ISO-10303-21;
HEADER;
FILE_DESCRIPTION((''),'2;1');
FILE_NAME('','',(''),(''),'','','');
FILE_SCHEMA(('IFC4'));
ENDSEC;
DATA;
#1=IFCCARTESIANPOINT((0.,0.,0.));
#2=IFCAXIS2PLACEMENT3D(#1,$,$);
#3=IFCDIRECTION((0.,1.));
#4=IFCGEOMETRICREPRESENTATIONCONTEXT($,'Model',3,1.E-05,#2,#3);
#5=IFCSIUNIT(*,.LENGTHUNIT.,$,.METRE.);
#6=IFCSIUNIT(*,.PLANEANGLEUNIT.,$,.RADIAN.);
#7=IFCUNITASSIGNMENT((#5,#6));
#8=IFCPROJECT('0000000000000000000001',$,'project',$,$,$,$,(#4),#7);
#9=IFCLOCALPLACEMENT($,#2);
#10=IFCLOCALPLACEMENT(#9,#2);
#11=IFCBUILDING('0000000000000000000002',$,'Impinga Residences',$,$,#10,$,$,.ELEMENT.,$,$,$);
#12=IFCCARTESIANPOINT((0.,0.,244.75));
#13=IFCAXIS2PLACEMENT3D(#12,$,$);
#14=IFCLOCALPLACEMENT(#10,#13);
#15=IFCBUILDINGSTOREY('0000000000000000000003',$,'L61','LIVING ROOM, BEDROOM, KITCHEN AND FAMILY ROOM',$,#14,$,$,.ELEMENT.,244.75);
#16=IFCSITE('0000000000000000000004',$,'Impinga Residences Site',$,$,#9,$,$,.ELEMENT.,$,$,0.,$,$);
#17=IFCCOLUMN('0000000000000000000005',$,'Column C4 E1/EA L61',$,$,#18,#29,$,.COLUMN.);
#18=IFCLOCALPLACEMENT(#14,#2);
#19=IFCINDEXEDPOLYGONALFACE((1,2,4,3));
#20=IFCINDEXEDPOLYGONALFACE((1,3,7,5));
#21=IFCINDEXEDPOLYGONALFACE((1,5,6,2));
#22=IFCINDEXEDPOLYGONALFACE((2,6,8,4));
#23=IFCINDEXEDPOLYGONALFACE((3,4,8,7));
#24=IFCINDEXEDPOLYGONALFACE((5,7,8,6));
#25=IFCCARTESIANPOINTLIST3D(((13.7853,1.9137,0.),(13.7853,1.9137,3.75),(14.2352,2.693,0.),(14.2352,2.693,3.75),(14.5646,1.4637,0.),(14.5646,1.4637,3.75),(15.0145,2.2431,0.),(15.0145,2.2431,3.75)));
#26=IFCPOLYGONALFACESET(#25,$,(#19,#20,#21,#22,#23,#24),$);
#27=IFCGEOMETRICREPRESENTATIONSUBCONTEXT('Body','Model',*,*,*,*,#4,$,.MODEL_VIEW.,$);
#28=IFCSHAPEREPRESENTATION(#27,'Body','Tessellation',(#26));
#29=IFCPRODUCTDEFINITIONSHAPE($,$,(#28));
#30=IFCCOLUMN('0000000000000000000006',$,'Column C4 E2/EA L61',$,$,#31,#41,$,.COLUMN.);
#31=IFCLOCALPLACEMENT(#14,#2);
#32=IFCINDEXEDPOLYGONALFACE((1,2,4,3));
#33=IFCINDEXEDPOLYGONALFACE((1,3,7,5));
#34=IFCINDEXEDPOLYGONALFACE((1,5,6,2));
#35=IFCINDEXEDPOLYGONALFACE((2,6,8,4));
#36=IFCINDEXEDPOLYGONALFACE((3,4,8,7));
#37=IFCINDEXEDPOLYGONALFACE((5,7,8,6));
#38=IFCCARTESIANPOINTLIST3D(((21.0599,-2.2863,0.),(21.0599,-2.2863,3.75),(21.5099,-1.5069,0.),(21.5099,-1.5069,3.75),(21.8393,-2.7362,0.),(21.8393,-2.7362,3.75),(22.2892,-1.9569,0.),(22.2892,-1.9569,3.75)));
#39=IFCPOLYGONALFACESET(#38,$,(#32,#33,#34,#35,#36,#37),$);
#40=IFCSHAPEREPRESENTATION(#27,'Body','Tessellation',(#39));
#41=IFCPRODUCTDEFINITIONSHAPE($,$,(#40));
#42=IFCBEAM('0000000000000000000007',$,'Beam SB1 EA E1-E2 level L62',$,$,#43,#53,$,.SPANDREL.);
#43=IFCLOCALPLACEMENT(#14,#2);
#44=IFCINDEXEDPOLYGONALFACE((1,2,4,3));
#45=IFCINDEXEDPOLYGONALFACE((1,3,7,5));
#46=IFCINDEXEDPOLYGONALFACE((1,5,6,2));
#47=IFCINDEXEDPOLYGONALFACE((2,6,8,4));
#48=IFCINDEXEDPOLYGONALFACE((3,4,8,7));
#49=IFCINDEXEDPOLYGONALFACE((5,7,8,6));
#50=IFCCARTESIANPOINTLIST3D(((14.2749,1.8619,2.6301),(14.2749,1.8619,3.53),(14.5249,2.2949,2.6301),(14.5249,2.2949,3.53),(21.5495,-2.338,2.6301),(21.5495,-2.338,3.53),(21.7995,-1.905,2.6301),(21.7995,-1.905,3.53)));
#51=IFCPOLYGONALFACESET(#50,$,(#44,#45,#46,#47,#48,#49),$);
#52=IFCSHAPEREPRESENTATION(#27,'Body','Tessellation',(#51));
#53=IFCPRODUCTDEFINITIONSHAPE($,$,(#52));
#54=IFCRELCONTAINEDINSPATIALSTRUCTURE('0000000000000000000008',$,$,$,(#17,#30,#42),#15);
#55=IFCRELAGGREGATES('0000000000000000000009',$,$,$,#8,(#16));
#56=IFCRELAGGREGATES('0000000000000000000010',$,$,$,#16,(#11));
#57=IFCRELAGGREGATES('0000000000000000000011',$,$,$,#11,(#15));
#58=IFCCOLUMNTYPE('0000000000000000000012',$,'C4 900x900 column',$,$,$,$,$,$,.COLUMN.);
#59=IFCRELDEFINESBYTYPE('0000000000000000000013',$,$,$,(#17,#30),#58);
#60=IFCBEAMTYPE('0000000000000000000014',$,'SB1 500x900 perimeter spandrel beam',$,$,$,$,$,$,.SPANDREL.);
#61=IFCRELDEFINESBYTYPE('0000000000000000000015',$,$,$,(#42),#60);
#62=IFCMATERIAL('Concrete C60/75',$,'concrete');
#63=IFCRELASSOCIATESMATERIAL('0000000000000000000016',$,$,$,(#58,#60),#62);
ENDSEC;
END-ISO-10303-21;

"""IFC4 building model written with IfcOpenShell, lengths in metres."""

from ifc_helpers import new_model, si_unit, direction, frame, origin, origin_2d, place, context, subcontext, project, spatial, rectangle, extrude, material, material_profile, profile_set, type_object, element, save


model = new_model("IFC4")

# Units and contexts
model_context = context("Model", 3, precision=1e-05, world=origin(), true_north=direction((0.0, 1.0)))
body_context = subcontext(model_context, "Body", "Model", "MODEL_VIEW")
ifc_project = project(units=[si_unit("LENGTHUNIT", "METRE"), si_unit("PLANEANGLEUNIT", "RADIAN")], contexts=[model_context])

# Site, building, storey
site_placement = place(None, origin())
site = spatial("IfcSite", under=ifc_project, at=site_placement, Name="Impinga Residences Site", CompositionType="ELEMENT", RefElevation=0.0)
building_placement = place(site_placement, origin())
building = spatial("IfcBuilding", under=site, at=building_placement, Name="Impinga Residences", CompositionType="ELEMENT")
storey_placement = place(building_placement, frame((0.0, 0.0, 244.75)))
storey = spatial("IfcBuildingStorey", under=building, at=storey_placement, Name="L61", Description="LIVING ROOM, BEDROOM, KITCHEN AND FAMILY ROOM", CompositionType="ELEMENT", Elevation=244.75)

# Columns
ifc_material_1 = material(Name="Concrete C60/75", Category="concrete")
ifc_material_profile_1 = material_profile(ifc_material_1, rectangle(XDim=0.8999, YDim=0.8999, at=origin_2d()), Name="RC 900x900")
ifc_profile_set_1 = profile_set([ifc_material_profile_1], Name="Concrete C60/75")
column_type = type_object("IfcColumnType", Name="C4 900x900 column", PredefinedType="COLUMN", material=ifc_profile_set_1)
for number, where, z_axis, x_axis, name in (
    (1, (14.3999, 2.0784, 0.0), (0.0, 0.0, 1.0), (-0.5, -0.866025, 0.0), "Column C4 E1/EA L61"),
    (2, (21.6746, -2.1216, 0.0), (0.0, 0.0, 1.0), (-0.5, -0.866025, 0.0), "Column C4 E2/EA L61"),
):
    element("IfcColumn", number, at=place(storey_placement, frame(where, z_axis=z_axis, x_axis=x_axis)), inside=storey, type_object=column_type, Name=name, PredefinedType="COLUMN", context=body_context, shape_type="SweptSolid", body=[
        extrude(rectangle(XDim=0.8999, YDim=0.8999, at=origin_2d()), origin(), (0.0, 0.0, 1.0), 3.75),
    ])

# Beam
ifc_material_profile_2 = material_profile(ifc_material_1, rectangle(XDim=0.5, YDim=0.8999, at=origin_2d()), Name="RC 500x900")
ifc_profile_set_2 = profile_set([ifc_material_profile_2], Name="Concrete C60/75")
beam_type = type_object("IfcBeamType", Name="SB1 500x900 perimeter spandrel beam", PredefinedType="SPANDREL", material=ifc_profile_set_2)
beam_placement = place(storey_placement, frame((14.3999, 2.0784, 3.0801), z_axis=(0.866029, -0.499993, 0.0), x_axis=(0.499993, 0.866029, 0.0)))
element("IfcBeam", 3, at=beam_placement, inside=storey, type_object=beam_type, Name="Beam SB1 EA E1-E2 level L62", PredefinedType="SPANDREL", context=body_context, shape_type="SweptSolid", body=[
    extrude(rectangle(XDim=0.5, YDim=0.8999, at=origin_2d()), origin(), (0.0, 0.0, 1.0), 8.3999),
])

save(model, "model.ifc")
